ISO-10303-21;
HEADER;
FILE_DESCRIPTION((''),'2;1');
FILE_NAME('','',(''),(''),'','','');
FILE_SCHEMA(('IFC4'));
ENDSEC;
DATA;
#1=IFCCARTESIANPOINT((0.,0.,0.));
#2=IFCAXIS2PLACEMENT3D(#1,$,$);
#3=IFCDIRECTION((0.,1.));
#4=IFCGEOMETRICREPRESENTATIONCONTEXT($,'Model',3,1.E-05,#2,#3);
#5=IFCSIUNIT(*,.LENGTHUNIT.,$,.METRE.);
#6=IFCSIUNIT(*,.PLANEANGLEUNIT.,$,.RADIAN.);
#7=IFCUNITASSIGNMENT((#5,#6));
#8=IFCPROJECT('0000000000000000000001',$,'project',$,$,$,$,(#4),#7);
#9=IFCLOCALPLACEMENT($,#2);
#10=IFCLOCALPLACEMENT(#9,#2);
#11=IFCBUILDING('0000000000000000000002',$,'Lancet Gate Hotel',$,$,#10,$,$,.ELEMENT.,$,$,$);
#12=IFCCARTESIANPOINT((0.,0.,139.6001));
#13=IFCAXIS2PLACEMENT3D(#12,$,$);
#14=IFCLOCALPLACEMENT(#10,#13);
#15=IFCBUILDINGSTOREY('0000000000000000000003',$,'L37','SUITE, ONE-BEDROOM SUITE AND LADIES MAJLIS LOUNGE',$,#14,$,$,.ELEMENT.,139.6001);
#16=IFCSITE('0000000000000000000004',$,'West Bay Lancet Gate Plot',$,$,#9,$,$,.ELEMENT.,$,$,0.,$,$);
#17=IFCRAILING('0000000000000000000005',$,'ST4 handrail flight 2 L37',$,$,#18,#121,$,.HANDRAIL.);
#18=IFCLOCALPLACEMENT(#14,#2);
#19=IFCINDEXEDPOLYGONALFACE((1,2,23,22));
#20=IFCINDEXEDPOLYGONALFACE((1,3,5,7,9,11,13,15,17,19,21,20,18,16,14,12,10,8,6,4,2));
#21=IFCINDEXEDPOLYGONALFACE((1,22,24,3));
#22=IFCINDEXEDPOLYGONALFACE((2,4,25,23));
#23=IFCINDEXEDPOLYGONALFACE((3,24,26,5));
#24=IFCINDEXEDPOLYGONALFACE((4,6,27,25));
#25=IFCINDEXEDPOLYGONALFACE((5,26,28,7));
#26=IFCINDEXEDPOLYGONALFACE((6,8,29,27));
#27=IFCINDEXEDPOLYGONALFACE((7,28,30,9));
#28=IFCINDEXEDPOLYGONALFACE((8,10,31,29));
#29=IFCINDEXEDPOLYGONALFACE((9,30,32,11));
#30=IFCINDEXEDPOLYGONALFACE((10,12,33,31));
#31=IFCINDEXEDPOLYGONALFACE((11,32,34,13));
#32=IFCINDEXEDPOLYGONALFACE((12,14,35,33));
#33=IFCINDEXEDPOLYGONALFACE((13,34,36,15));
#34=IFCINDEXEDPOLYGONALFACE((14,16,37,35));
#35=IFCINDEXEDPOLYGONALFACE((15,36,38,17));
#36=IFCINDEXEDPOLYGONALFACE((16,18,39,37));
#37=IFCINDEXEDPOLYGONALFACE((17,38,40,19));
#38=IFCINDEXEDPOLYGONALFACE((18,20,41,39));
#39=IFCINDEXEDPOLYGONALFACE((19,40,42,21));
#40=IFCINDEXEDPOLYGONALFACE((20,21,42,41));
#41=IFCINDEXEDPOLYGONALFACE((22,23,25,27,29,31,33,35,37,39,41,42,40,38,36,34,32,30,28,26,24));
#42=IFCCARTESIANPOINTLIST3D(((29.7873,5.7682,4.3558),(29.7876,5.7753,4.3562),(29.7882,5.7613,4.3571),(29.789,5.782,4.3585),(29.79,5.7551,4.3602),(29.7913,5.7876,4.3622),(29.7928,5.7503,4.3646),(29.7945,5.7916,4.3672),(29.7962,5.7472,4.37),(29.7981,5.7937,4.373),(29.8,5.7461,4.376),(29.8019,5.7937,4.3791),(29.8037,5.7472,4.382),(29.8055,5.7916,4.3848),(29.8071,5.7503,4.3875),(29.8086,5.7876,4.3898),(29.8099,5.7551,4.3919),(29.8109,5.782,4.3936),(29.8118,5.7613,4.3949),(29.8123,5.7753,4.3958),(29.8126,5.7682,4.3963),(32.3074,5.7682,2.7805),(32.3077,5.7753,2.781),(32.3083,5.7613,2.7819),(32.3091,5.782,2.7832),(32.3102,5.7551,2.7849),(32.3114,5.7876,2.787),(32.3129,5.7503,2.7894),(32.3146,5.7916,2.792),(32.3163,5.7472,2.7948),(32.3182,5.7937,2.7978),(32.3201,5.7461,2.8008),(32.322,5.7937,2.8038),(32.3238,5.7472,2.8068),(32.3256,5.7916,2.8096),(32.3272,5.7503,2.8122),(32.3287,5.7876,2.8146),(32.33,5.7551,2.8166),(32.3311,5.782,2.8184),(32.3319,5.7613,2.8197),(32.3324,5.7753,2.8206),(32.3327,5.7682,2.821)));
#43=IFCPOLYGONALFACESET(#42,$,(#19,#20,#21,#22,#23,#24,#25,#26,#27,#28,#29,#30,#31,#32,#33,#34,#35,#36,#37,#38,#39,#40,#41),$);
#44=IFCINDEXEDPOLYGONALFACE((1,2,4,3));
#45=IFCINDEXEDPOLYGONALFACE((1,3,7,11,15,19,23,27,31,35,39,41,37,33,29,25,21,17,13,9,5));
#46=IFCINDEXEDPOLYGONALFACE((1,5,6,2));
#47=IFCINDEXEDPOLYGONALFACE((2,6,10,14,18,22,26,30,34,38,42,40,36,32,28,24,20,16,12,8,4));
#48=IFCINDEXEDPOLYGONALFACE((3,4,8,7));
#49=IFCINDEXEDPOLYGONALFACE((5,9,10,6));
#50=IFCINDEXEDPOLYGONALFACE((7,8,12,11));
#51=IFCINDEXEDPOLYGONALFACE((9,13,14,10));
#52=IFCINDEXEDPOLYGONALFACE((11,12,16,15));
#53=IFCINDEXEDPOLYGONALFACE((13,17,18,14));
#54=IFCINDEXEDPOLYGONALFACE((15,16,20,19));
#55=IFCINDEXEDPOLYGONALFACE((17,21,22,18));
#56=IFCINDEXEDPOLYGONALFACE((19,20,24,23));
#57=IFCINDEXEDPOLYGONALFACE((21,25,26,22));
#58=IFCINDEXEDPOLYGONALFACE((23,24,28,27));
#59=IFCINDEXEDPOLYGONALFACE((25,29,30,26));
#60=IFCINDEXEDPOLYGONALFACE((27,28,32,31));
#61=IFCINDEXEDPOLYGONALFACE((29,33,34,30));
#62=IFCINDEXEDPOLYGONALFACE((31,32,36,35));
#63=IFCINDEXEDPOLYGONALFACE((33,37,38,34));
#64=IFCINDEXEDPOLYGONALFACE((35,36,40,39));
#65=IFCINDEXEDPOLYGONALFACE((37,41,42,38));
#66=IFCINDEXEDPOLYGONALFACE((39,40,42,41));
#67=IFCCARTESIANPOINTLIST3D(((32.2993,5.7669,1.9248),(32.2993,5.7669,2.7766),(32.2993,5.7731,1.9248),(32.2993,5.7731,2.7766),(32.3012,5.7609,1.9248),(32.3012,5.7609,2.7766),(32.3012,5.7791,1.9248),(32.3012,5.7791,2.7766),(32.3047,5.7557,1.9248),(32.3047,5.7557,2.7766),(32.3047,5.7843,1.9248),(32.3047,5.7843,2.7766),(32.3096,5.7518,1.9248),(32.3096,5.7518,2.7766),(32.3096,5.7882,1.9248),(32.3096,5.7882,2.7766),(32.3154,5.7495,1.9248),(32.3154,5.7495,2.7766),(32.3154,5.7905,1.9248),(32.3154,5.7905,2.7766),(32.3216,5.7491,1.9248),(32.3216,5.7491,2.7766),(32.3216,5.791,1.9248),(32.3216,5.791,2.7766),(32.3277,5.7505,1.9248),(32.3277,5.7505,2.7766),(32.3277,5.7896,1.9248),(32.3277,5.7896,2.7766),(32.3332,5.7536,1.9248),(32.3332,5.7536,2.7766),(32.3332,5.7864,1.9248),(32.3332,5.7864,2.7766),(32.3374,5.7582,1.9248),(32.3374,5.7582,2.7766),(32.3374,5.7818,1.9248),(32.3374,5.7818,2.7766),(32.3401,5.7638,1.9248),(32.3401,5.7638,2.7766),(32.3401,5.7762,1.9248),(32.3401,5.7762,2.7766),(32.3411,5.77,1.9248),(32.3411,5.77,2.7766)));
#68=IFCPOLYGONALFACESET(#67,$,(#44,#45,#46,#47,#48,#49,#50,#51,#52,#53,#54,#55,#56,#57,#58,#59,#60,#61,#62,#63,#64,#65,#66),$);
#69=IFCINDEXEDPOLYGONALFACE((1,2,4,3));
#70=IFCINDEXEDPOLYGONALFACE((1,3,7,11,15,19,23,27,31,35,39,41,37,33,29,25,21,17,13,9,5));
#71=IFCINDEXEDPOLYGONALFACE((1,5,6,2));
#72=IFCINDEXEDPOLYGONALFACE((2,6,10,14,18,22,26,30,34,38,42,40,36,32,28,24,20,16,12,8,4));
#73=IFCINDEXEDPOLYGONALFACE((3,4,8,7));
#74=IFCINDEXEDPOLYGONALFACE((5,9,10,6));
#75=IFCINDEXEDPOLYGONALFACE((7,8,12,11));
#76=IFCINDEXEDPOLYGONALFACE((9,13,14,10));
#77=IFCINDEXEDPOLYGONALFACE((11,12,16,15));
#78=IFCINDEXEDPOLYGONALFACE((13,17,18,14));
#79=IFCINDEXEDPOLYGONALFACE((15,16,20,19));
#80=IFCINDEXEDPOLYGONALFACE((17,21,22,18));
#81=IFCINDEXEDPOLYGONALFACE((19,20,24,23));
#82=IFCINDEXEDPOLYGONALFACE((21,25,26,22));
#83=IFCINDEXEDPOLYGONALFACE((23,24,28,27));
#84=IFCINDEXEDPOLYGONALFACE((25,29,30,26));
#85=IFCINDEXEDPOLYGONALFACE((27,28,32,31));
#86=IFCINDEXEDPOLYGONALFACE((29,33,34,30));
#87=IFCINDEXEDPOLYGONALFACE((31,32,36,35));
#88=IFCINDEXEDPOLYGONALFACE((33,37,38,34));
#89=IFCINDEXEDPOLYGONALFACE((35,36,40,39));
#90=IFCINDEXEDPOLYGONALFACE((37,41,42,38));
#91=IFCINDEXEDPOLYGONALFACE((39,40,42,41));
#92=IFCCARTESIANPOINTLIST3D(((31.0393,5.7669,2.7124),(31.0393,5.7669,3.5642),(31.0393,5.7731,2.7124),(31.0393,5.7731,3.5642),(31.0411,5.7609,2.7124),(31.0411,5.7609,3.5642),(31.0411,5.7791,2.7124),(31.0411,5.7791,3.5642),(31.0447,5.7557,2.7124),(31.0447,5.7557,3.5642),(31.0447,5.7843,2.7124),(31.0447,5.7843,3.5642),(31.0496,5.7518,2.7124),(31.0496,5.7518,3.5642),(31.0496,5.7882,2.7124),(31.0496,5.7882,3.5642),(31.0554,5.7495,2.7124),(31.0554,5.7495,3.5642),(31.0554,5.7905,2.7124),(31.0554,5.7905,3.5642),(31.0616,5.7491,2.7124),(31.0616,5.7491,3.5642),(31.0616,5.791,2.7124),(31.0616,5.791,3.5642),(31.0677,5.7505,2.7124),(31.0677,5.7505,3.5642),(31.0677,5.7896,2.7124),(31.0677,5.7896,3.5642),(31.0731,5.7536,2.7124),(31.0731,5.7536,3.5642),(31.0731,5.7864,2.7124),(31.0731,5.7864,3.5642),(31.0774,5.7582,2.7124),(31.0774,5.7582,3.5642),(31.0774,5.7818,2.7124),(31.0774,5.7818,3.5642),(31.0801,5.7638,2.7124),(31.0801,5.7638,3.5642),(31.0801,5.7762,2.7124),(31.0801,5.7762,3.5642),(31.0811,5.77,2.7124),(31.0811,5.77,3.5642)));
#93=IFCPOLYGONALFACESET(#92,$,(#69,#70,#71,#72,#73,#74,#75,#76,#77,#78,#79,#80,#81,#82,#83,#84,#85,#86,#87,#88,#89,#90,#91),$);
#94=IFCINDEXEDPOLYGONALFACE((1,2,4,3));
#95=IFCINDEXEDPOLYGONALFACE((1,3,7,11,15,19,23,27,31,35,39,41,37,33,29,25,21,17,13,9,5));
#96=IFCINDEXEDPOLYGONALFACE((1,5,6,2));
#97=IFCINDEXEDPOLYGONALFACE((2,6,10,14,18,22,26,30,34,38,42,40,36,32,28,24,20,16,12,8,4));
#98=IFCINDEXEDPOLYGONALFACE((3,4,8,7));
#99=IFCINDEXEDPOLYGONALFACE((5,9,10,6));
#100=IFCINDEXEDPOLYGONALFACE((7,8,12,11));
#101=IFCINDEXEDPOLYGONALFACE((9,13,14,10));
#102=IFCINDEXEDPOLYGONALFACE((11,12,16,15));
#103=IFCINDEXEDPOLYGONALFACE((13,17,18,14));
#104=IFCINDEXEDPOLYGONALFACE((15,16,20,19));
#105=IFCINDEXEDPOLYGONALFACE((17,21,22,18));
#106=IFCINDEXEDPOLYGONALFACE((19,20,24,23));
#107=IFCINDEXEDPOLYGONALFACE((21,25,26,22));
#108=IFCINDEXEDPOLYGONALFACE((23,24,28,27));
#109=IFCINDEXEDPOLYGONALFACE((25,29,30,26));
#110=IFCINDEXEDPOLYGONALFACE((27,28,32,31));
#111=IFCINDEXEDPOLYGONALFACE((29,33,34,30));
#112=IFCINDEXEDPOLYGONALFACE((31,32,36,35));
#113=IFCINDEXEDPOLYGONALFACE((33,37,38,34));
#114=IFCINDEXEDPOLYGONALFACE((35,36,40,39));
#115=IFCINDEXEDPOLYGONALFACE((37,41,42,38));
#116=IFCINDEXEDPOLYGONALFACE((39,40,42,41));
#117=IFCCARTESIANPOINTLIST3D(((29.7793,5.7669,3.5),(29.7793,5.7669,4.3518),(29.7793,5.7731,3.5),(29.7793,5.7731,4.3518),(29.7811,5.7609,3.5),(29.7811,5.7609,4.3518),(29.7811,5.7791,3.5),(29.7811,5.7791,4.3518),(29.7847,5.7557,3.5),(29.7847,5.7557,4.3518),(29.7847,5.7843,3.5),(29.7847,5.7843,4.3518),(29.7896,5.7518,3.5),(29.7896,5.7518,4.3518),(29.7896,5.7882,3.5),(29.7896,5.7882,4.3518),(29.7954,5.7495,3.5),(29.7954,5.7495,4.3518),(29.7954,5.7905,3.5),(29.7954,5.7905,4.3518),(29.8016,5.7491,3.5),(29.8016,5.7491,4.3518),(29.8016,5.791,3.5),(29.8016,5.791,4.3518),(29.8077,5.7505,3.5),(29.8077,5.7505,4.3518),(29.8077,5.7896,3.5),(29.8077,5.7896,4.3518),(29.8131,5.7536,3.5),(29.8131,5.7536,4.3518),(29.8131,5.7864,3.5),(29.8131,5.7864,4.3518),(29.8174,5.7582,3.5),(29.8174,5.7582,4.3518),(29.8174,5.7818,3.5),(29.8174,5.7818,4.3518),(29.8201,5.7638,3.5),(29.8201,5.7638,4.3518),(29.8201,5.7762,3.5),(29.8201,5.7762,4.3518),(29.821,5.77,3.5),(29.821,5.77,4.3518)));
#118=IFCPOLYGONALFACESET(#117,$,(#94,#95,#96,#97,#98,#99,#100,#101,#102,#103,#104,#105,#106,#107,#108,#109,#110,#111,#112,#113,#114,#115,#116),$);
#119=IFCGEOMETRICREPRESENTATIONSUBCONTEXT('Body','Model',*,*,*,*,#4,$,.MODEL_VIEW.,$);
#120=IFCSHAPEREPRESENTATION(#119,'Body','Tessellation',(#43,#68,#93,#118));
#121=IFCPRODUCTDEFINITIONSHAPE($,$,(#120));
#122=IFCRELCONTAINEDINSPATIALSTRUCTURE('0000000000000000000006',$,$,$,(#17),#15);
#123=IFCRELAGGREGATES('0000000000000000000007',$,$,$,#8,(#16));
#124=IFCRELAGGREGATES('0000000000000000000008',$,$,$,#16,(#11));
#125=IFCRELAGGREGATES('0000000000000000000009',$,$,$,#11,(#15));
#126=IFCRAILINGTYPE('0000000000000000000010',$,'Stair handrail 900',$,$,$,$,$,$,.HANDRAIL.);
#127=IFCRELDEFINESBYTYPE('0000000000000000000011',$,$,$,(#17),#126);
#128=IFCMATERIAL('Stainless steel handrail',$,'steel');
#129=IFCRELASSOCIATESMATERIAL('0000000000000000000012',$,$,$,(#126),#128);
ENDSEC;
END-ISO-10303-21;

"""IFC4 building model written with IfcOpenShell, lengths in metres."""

from ifc_helpers import new_model, si_unit, direction, frame, origin, origin_2d, place, context, subcontext, project, spatial, circle, extrude, material, type_object, element, save


model = new_model("IFC4")

# Units and contexts
model_context = context("Model", 3, precision=1e-05, world=origin(), true_north=direction((0.0, 1.0)))
body_context = subcontext(model_context, "Body", "Model", "MODEL_VIEW")
ifc_project = project(units=[si_unit("LENGTHUNIT", "METRE"), si_unit("PLANEANGLEUNIT", "RADIAN")], contexts=[model_context])

# Site, building, storey
site_placement = place(None, origin())
site = spatial("IfcSite", under=ifc_project, at=site_placement, Name="West Bay Lancet Gate Plot", CompositionType="ELEMENT", RefElevation=0.0)
building_placement = place(site_placement, origin())
building = spatial("IfcBuilding", under=site, at=building_placement, Name="Lancet Gate Hotel", CompositionType="ELEMENT")
storey_placement = place(building_placement, frame((0.0, 0.0, 139.6001)))
storey = spatial("IfcBuildingStorey", under=building, at=storey_placement, Name="L37", Description="SUITE, ONE-BEDROOM SUITE AND LADIES MAJLIS LOUNGE", CompositionType="ELEMENT", Elevation=139.6001)

# Railing
ifc_material_1 = material(Name="Stainless steel handrail", Category="steel")
railing_type = type_object("IfcRailingType", Name="Stair handrail 900", PredefinedType="HANDRAIL", material=ifc_material_1)
railing_1_placement = place(storey_placement, frame((32.3201, 5.77, 1.9248)))
element("IfcRailing", 1, at=railing_1_placement, inside=storey, type_object=railing_type, Name="ST4 handrail flight 2 L37", PredefinedType="HANDRAIL", context=body_context, shape_type="SweptSolid", body=[
    extrude(circle(Radius=0.0239, at=origin_2d()), frame((0.0, 0.0, 0.876), z_axis=(-0.847971, 0.0, 0.530043), x_axis=(0.0, -1.0, 0.0)), (0.0, 0.0, 1.0), 2.9719),
    extrude(circle(Radius=0.021, at=origin_2d()), origin(), (0.0, 0.0, 1.0), 0.8518),
    extrude(circle(Radius=0.021, at=origin_2d()), frame((-1.26, 0.0, 0.7876)), (0.0, 0.0, 1.0), 0.8518),
    extrude(circle(Radius=0.021, at=origin_2d()), frame((-2.52, 0.0, 1.5752)), (0.0, 0.0, 1.0), 0.8518),
])

save(model, "model.ifc")
